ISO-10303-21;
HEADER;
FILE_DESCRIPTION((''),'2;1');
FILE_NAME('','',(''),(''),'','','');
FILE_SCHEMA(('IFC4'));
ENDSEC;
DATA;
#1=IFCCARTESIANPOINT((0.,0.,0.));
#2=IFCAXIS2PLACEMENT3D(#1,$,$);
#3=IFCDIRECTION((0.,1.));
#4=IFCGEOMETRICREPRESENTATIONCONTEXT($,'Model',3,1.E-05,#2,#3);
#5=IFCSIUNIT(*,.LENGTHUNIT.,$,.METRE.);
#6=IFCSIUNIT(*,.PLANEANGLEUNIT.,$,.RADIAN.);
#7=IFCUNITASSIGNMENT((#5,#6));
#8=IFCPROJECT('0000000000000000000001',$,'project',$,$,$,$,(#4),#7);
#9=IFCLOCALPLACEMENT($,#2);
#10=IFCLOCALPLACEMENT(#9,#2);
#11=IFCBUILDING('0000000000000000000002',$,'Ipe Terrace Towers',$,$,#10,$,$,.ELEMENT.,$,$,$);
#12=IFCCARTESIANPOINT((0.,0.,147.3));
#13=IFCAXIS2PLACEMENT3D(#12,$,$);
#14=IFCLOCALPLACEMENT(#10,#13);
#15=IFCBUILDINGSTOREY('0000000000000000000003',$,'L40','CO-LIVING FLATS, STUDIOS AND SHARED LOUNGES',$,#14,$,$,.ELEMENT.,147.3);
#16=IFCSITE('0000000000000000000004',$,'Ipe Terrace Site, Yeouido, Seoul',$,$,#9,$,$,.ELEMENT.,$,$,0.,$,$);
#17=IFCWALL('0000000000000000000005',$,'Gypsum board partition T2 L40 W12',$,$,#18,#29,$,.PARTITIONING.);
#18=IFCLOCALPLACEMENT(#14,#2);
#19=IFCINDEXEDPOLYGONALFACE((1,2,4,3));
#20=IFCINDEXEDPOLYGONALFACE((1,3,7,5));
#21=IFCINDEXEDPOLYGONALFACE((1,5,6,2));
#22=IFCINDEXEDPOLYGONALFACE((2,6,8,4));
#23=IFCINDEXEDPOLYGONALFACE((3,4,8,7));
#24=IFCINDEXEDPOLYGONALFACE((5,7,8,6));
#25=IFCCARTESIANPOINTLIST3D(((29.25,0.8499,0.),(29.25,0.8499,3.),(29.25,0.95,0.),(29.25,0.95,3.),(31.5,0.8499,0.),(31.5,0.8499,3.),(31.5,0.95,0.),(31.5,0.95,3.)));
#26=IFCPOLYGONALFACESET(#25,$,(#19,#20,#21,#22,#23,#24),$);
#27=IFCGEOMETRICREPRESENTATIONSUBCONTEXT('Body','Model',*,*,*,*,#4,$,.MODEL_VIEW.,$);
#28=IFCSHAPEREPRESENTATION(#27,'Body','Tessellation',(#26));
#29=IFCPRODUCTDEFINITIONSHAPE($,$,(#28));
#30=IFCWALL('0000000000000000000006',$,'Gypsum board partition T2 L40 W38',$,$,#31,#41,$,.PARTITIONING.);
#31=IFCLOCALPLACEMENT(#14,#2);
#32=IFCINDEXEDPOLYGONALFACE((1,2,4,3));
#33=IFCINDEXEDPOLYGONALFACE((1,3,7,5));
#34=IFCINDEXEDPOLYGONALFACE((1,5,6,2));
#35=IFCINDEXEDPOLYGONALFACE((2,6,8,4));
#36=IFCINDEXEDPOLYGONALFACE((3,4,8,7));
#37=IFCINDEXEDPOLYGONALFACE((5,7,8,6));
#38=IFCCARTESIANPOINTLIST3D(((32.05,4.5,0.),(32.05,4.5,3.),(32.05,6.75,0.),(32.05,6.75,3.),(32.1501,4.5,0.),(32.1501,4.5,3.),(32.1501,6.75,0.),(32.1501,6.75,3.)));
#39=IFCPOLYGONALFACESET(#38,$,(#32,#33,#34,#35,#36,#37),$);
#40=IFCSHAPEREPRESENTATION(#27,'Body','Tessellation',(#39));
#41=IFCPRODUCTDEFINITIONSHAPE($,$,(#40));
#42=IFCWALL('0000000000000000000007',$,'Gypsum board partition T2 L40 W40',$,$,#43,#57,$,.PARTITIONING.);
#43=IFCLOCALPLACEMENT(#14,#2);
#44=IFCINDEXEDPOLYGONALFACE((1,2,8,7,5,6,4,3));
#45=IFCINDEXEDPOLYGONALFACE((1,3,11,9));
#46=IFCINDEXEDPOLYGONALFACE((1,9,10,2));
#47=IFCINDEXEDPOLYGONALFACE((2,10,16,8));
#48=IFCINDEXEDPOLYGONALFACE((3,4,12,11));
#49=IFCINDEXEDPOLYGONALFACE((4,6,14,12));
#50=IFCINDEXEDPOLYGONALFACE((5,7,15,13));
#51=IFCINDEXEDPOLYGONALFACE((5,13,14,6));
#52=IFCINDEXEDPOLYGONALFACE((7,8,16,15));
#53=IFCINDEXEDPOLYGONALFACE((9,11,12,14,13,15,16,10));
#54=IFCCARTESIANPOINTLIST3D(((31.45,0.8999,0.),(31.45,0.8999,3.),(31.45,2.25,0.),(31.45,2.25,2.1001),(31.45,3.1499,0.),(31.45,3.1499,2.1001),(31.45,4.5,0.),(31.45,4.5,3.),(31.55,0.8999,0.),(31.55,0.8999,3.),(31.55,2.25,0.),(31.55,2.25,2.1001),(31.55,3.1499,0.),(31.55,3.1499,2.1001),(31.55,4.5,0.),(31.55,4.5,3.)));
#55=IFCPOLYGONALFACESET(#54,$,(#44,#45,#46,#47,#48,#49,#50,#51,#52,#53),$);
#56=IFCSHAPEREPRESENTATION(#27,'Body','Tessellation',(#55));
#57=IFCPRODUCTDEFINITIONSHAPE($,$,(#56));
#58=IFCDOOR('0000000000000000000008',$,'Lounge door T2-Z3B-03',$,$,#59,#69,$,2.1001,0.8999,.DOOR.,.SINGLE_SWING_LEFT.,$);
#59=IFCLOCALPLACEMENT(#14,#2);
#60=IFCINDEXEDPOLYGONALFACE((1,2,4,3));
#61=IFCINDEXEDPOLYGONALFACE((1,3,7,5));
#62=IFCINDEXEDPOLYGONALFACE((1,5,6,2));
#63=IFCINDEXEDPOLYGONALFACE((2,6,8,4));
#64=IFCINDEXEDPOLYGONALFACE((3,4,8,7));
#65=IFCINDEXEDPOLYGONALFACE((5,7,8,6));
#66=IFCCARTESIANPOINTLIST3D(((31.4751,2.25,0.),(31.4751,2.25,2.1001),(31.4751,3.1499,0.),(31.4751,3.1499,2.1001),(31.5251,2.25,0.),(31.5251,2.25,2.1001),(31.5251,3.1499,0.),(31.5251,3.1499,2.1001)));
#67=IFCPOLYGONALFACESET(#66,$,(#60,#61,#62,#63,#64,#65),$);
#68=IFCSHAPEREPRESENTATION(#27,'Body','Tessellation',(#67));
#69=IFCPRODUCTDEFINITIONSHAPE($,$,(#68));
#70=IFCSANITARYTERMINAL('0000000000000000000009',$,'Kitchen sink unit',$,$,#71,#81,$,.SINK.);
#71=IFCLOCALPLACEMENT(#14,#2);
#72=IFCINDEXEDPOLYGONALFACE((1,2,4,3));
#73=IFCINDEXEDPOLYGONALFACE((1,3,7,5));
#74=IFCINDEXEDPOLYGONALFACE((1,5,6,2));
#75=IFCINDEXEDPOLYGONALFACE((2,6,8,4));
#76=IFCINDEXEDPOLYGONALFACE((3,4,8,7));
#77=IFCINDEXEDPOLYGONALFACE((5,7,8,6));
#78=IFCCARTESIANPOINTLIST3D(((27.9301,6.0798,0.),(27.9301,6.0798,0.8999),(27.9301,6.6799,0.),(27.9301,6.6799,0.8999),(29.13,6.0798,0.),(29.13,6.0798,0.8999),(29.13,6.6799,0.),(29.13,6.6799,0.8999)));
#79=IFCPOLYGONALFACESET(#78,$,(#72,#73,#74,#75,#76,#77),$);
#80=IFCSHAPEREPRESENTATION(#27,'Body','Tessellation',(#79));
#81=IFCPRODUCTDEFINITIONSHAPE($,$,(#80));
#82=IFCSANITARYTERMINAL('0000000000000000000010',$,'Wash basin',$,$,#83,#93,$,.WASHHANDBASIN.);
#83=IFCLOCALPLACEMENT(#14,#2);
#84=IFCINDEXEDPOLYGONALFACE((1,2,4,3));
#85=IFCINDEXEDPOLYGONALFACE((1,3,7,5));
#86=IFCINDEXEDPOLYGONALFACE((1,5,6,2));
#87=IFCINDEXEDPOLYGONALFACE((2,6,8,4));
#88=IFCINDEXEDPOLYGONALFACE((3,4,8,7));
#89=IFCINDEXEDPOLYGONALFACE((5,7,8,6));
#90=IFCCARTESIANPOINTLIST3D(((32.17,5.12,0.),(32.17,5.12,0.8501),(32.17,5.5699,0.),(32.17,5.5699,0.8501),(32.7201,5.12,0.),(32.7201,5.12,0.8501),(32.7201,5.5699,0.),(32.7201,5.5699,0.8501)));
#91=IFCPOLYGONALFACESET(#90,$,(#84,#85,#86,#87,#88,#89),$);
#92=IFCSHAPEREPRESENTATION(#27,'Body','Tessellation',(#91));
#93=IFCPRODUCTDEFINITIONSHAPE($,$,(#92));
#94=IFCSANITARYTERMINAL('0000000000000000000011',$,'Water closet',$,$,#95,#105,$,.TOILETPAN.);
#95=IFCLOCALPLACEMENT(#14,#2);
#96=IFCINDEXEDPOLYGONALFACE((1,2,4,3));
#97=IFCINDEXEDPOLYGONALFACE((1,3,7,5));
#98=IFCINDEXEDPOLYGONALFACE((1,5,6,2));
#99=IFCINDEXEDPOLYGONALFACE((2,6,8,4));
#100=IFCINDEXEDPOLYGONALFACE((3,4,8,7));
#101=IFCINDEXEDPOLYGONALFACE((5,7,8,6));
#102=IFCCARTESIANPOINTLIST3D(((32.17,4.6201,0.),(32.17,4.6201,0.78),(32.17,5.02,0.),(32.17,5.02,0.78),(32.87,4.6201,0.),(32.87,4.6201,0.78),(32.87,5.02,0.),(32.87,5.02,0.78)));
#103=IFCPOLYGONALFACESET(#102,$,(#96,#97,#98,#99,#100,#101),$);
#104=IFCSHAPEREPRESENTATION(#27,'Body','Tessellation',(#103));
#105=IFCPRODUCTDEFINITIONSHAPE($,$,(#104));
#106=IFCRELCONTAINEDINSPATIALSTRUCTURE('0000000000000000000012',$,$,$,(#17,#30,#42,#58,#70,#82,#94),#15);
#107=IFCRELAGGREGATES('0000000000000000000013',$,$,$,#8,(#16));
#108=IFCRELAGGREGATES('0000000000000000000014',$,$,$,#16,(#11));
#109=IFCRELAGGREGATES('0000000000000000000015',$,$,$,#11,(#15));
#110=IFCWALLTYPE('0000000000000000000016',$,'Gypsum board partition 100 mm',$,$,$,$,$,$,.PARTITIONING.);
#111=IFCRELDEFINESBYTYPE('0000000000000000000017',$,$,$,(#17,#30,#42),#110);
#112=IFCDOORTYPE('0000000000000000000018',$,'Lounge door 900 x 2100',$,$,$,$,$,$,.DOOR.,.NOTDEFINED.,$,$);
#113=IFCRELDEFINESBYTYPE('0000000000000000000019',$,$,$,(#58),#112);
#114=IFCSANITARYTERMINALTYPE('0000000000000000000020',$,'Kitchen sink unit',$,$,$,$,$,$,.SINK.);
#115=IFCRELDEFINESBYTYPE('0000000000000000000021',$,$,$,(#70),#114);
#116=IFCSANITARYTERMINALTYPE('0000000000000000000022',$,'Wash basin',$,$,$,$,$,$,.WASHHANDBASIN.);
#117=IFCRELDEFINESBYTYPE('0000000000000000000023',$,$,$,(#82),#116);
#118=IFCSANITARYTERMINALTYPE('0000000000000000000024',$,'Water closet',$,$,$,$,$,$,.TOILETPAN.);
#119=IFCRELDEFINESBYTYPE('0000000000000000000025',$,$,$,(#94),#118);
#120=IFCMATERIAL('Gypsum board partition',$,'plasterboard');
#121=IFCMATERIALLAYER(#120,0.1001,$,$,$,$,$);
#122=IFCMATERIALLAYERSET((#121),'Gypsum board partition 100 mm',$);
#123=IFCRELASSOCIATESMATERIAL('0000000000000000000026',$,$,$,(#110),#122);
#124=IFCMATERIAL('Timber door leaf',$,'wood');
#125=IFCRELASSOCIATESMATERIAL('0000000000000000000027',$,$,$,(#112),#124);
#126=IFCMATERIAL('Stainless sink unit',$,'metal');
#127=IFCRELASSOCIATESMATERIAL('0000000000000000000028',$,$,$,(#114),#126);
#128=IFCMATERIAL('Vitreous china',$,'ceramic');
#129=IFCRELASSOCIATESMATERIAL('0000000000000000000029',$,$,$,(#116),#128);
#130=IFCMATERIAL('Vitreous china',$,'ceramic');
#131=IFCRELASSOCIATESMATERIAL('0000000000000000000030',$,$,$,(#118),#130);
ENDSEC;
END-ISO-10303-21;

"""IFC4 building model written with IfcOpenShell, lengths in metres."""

from ifc_helpers import new_model, si_unit, direction, frame, frame_2d, origin, origin_2d, place, context, subcontext, project, spatial, rectangle, extrude, material, layer, layer_set, type_object, element, fill, save


model = new_model("IFC4")

# Units and contexts
model_context = context("Model", 3, precision=1e-05, world=origin(), true_north=direction((0.0, 1.0)))
body_context = subcontext(model_context, "Body", "Model", "MODEL_VIEW")
ifc_project = project(units=[si_unit("LENGTHUNIT", "METRE"), si_unit("PLANEANGLEUNIT", "RADIAN")], contexts=[model_context])

# Site, building, storey
site_placement = place(None, origin())
site = spatial("IfcSite", under=ifc_project, at=site_placement, Name="Ipe Terrace Site, Yeouido, Seoul", CompositionType="ELEMENT", RefElevation=0.0)
building_placement = place(site_placement, origin())
building = spatial("IfcBuilding", under=site, at=building_placement, Name="Ipe Terrace Towers", CompositionType="ELEMENT")
storey_placement = place(building_placement, frame((0.0, 0.0, 147.3)))
storey = spatial("IfcBuildingStorey", under=building, at=storey_placement, Name="L40", Description="CO-LIVING FLATS, STUDIOS AND SHARED LOUNGES", CompositionType="ELEMENT", Elevation=147.3)

# Walls
ifc_material_1 = material(Name="Gypsum board partition", Category="plasterboard")
ifc_layer_1 = layer(ifc_material_1, 0.1001)
ifc_layer_set_1 = layer_set([ifc_layer_1], Name="Gypsum board partition 100 mm")
wall_type_1 = type_object("IfcWallType", Name="Gypsum board partition 100 mm", PredefinedType="PARTITIONING", material=ifc_layer_set_1)
for number, where, z_axis, x_axis, name in (
    (1, (31.5, 0.8999, 0.0), (0.0, 0.0, 1.0), (-1.0, 0.0, 0.0), "Gypsum board partition T2 L40 W12"),
    (2, (32.1001, 4.5, 0.0), (0.0, 0.0, 1.0), (0.0, 1.0, 0.0), "Gypsum board partition T2 L40 W38"),
):
    element("IfcWall", number, at=place(storey_placement, frame(where, z_axis=z_axis, x_axis=x_axis)), inside=storey, type_object=wall_type_1, Name=name, PredefinedType="PARTITIONING", context=body_context, shape_type="SweptSolid", body=[
        extrude(rectangle(XDim=2.25, YDim=0.1001, at=frame_2d((1.125, 0.0))), origin(), (0.0, 0.0, 1.0), 3.0),
    ])

# Wall, opening, door
wall_1_placement = place(storey_placement, frame((31.5, 0.8999, 0.0), z_axis=(0.0, 0.0, 1.0), x_axis=(0.0, 1.0, 0.0)))
wall_1 = element("IfcWall", 3, at=wall_1_placement, inside=storey, type_object=wall_type_1, Name="Gypsum board partition T2 L40 W40", PredefinedType="PARTITIONING", context=body_context, shape_type="SweptSolid", body=[
    extrude(rectangle(XDim=3.6001, YDim=0.1001, at=frame_2d((1.8, 0.0))), origin(), (0.0, 0.0, 1.0), 3.0),
])
opening_placement = place(wall_1_placement, frame((1.3501, 0.0, 0.0)))
opening = element("IfcOpeningElement", 4, at=opening_placement, cuts=wall_1, PredefinedType="OPENING", context=body_context, shape_type="SweptSolid", body=[
    extrude(rectangle(XDim=0.8999, YDim=2.1001, at=frame_2d((0.45, 1.05))), frame((0.0, 0.0601, 0.0), z_axis=(0.0, -1.0, 0.0), x_axis=(1.0, 0.0, 0.0)), (0.0, 0.0, 1.0), 0.1201),
])
ifc_material_2 = material(Name="Timber door leaf", Category="wood")
door_type = type_object("IfcDoorType", Name="Lounge door 900 x 2100", OperationType="NOTDEFINED", PredefinedType="DOOR", material=ifc_material_2)
door_placement = place(opening_placement, origin())
door = element("IfcDoor", 5, at=door_placement, inside=storey, type_object=door_type, Name="Lounge door T2-Z3B-03", OperationType="SINGLE_SWING_LEFT", OverallHeight=2.1001, OverallWidth=0.8999, PredefinedType="DOOR", context=body_context, shape_type="SweptSolid", body=[
    extrude(rectangle(XDim=0.8999, YDim=2.1001, at=frame_2d((0.45, 1.05))), frame((0.0, 0.0249, 0.0), z_axis=(0.0, -1.0, 0.0), x_axis=(1.0, 0.0, 0.0)), (0.0, 0.0, 1.0), 0.05),
])
fill(opening, door)

# Sanitary terminals
ifc_material_3 = material(Name="Stainless sink unit", Category="metal")
sanitary_terminal_type_1 = type_object("IfcSanitaryTerminalType", Name="Kitchen sink unit", PredefinedType="SINK", material=ifc_material_3)
sanitary_terminal_1_placement = place(storey_placement, frame((28.53, 6.3799, 0.0), z_axis=(0.0, 0.0, 1.0), x_axis=(1.0, 0.0, 0.0)))
element("IfcSanitaryTerminal", 6, at=sanitary_terminal_1_placement, inside=storey, type_object=sanitary_terminal_type_1, Name="Kitchen sink unit", PredefinedType="SINK", context=body_context, shape_type="SweptSolid", body=[
    extrude(rectangle(XDim=1.2, YDim=0.6001, at=origin_2d()), origin(), (0.0, 0.0, 1.0), 0.8999),
])
ifc_material_4 = material(Name="Vitreous china", Category="ceramic")
sanitary_terminal_type_2 = type_object("IfcSanitaryTerminalType", Name="Wash basin", PredefinedType="WASHHANDBASIN", material=ifc_material_4)
sanitary_terminal_2_placement = place(storey_placement, frame((32.4451, 5.345, 0.0), z_axis=(0.0, 0.0, 1.0), x_axis=(1.0, 0.0, 0.0)))
element("IfcSanitaryTerminal", 7, at=sanitary_terminal_2_placement, inside=storey, type_object=sanitary_terminal_type_2, Name="Wash basin", PredefinedType="WASHHANDBASIN", context=body_context, shape_type="SweptSolid", body=[
    extrude(rectangle(XDim=0.55, YDim=0.45, at=origin_2d()), origin(), (0.0, 0.0, 1.0), 0.8501),
])
ifc_material_5 = material(Name="Vitreous china", Category="ceramic")
sanitary_terminal_type_3 = type_object("IfcSanitaryTerminalType", Name="Water closet", PredefinedType="TOILETPAN", material=ifc_material_5)
sanitary_terminal_3_placement = place(storey_placement, frame((32.52, 4.8201, 0.0), z_axis=(0.0, 0.0, 1.0), x_axis=(1.0, 0.0, 0.0)))
element("IfcSanitaryTerminal", 8, at=sanitary_terminal_3_placement, inside=storey, type_object=sanitary_terminal_type_3, Name="Water closet", PredefinedType="TOILETPAN", context=body_context, shape_type="SweptSolid", body=[
    extrude(rectangle(XDim=0.7, YDim=0.3999, at=origin_2d()), origin(), (0.0, 0.0, 1.0), 0.78),
])

save(model, "model.ifc")
